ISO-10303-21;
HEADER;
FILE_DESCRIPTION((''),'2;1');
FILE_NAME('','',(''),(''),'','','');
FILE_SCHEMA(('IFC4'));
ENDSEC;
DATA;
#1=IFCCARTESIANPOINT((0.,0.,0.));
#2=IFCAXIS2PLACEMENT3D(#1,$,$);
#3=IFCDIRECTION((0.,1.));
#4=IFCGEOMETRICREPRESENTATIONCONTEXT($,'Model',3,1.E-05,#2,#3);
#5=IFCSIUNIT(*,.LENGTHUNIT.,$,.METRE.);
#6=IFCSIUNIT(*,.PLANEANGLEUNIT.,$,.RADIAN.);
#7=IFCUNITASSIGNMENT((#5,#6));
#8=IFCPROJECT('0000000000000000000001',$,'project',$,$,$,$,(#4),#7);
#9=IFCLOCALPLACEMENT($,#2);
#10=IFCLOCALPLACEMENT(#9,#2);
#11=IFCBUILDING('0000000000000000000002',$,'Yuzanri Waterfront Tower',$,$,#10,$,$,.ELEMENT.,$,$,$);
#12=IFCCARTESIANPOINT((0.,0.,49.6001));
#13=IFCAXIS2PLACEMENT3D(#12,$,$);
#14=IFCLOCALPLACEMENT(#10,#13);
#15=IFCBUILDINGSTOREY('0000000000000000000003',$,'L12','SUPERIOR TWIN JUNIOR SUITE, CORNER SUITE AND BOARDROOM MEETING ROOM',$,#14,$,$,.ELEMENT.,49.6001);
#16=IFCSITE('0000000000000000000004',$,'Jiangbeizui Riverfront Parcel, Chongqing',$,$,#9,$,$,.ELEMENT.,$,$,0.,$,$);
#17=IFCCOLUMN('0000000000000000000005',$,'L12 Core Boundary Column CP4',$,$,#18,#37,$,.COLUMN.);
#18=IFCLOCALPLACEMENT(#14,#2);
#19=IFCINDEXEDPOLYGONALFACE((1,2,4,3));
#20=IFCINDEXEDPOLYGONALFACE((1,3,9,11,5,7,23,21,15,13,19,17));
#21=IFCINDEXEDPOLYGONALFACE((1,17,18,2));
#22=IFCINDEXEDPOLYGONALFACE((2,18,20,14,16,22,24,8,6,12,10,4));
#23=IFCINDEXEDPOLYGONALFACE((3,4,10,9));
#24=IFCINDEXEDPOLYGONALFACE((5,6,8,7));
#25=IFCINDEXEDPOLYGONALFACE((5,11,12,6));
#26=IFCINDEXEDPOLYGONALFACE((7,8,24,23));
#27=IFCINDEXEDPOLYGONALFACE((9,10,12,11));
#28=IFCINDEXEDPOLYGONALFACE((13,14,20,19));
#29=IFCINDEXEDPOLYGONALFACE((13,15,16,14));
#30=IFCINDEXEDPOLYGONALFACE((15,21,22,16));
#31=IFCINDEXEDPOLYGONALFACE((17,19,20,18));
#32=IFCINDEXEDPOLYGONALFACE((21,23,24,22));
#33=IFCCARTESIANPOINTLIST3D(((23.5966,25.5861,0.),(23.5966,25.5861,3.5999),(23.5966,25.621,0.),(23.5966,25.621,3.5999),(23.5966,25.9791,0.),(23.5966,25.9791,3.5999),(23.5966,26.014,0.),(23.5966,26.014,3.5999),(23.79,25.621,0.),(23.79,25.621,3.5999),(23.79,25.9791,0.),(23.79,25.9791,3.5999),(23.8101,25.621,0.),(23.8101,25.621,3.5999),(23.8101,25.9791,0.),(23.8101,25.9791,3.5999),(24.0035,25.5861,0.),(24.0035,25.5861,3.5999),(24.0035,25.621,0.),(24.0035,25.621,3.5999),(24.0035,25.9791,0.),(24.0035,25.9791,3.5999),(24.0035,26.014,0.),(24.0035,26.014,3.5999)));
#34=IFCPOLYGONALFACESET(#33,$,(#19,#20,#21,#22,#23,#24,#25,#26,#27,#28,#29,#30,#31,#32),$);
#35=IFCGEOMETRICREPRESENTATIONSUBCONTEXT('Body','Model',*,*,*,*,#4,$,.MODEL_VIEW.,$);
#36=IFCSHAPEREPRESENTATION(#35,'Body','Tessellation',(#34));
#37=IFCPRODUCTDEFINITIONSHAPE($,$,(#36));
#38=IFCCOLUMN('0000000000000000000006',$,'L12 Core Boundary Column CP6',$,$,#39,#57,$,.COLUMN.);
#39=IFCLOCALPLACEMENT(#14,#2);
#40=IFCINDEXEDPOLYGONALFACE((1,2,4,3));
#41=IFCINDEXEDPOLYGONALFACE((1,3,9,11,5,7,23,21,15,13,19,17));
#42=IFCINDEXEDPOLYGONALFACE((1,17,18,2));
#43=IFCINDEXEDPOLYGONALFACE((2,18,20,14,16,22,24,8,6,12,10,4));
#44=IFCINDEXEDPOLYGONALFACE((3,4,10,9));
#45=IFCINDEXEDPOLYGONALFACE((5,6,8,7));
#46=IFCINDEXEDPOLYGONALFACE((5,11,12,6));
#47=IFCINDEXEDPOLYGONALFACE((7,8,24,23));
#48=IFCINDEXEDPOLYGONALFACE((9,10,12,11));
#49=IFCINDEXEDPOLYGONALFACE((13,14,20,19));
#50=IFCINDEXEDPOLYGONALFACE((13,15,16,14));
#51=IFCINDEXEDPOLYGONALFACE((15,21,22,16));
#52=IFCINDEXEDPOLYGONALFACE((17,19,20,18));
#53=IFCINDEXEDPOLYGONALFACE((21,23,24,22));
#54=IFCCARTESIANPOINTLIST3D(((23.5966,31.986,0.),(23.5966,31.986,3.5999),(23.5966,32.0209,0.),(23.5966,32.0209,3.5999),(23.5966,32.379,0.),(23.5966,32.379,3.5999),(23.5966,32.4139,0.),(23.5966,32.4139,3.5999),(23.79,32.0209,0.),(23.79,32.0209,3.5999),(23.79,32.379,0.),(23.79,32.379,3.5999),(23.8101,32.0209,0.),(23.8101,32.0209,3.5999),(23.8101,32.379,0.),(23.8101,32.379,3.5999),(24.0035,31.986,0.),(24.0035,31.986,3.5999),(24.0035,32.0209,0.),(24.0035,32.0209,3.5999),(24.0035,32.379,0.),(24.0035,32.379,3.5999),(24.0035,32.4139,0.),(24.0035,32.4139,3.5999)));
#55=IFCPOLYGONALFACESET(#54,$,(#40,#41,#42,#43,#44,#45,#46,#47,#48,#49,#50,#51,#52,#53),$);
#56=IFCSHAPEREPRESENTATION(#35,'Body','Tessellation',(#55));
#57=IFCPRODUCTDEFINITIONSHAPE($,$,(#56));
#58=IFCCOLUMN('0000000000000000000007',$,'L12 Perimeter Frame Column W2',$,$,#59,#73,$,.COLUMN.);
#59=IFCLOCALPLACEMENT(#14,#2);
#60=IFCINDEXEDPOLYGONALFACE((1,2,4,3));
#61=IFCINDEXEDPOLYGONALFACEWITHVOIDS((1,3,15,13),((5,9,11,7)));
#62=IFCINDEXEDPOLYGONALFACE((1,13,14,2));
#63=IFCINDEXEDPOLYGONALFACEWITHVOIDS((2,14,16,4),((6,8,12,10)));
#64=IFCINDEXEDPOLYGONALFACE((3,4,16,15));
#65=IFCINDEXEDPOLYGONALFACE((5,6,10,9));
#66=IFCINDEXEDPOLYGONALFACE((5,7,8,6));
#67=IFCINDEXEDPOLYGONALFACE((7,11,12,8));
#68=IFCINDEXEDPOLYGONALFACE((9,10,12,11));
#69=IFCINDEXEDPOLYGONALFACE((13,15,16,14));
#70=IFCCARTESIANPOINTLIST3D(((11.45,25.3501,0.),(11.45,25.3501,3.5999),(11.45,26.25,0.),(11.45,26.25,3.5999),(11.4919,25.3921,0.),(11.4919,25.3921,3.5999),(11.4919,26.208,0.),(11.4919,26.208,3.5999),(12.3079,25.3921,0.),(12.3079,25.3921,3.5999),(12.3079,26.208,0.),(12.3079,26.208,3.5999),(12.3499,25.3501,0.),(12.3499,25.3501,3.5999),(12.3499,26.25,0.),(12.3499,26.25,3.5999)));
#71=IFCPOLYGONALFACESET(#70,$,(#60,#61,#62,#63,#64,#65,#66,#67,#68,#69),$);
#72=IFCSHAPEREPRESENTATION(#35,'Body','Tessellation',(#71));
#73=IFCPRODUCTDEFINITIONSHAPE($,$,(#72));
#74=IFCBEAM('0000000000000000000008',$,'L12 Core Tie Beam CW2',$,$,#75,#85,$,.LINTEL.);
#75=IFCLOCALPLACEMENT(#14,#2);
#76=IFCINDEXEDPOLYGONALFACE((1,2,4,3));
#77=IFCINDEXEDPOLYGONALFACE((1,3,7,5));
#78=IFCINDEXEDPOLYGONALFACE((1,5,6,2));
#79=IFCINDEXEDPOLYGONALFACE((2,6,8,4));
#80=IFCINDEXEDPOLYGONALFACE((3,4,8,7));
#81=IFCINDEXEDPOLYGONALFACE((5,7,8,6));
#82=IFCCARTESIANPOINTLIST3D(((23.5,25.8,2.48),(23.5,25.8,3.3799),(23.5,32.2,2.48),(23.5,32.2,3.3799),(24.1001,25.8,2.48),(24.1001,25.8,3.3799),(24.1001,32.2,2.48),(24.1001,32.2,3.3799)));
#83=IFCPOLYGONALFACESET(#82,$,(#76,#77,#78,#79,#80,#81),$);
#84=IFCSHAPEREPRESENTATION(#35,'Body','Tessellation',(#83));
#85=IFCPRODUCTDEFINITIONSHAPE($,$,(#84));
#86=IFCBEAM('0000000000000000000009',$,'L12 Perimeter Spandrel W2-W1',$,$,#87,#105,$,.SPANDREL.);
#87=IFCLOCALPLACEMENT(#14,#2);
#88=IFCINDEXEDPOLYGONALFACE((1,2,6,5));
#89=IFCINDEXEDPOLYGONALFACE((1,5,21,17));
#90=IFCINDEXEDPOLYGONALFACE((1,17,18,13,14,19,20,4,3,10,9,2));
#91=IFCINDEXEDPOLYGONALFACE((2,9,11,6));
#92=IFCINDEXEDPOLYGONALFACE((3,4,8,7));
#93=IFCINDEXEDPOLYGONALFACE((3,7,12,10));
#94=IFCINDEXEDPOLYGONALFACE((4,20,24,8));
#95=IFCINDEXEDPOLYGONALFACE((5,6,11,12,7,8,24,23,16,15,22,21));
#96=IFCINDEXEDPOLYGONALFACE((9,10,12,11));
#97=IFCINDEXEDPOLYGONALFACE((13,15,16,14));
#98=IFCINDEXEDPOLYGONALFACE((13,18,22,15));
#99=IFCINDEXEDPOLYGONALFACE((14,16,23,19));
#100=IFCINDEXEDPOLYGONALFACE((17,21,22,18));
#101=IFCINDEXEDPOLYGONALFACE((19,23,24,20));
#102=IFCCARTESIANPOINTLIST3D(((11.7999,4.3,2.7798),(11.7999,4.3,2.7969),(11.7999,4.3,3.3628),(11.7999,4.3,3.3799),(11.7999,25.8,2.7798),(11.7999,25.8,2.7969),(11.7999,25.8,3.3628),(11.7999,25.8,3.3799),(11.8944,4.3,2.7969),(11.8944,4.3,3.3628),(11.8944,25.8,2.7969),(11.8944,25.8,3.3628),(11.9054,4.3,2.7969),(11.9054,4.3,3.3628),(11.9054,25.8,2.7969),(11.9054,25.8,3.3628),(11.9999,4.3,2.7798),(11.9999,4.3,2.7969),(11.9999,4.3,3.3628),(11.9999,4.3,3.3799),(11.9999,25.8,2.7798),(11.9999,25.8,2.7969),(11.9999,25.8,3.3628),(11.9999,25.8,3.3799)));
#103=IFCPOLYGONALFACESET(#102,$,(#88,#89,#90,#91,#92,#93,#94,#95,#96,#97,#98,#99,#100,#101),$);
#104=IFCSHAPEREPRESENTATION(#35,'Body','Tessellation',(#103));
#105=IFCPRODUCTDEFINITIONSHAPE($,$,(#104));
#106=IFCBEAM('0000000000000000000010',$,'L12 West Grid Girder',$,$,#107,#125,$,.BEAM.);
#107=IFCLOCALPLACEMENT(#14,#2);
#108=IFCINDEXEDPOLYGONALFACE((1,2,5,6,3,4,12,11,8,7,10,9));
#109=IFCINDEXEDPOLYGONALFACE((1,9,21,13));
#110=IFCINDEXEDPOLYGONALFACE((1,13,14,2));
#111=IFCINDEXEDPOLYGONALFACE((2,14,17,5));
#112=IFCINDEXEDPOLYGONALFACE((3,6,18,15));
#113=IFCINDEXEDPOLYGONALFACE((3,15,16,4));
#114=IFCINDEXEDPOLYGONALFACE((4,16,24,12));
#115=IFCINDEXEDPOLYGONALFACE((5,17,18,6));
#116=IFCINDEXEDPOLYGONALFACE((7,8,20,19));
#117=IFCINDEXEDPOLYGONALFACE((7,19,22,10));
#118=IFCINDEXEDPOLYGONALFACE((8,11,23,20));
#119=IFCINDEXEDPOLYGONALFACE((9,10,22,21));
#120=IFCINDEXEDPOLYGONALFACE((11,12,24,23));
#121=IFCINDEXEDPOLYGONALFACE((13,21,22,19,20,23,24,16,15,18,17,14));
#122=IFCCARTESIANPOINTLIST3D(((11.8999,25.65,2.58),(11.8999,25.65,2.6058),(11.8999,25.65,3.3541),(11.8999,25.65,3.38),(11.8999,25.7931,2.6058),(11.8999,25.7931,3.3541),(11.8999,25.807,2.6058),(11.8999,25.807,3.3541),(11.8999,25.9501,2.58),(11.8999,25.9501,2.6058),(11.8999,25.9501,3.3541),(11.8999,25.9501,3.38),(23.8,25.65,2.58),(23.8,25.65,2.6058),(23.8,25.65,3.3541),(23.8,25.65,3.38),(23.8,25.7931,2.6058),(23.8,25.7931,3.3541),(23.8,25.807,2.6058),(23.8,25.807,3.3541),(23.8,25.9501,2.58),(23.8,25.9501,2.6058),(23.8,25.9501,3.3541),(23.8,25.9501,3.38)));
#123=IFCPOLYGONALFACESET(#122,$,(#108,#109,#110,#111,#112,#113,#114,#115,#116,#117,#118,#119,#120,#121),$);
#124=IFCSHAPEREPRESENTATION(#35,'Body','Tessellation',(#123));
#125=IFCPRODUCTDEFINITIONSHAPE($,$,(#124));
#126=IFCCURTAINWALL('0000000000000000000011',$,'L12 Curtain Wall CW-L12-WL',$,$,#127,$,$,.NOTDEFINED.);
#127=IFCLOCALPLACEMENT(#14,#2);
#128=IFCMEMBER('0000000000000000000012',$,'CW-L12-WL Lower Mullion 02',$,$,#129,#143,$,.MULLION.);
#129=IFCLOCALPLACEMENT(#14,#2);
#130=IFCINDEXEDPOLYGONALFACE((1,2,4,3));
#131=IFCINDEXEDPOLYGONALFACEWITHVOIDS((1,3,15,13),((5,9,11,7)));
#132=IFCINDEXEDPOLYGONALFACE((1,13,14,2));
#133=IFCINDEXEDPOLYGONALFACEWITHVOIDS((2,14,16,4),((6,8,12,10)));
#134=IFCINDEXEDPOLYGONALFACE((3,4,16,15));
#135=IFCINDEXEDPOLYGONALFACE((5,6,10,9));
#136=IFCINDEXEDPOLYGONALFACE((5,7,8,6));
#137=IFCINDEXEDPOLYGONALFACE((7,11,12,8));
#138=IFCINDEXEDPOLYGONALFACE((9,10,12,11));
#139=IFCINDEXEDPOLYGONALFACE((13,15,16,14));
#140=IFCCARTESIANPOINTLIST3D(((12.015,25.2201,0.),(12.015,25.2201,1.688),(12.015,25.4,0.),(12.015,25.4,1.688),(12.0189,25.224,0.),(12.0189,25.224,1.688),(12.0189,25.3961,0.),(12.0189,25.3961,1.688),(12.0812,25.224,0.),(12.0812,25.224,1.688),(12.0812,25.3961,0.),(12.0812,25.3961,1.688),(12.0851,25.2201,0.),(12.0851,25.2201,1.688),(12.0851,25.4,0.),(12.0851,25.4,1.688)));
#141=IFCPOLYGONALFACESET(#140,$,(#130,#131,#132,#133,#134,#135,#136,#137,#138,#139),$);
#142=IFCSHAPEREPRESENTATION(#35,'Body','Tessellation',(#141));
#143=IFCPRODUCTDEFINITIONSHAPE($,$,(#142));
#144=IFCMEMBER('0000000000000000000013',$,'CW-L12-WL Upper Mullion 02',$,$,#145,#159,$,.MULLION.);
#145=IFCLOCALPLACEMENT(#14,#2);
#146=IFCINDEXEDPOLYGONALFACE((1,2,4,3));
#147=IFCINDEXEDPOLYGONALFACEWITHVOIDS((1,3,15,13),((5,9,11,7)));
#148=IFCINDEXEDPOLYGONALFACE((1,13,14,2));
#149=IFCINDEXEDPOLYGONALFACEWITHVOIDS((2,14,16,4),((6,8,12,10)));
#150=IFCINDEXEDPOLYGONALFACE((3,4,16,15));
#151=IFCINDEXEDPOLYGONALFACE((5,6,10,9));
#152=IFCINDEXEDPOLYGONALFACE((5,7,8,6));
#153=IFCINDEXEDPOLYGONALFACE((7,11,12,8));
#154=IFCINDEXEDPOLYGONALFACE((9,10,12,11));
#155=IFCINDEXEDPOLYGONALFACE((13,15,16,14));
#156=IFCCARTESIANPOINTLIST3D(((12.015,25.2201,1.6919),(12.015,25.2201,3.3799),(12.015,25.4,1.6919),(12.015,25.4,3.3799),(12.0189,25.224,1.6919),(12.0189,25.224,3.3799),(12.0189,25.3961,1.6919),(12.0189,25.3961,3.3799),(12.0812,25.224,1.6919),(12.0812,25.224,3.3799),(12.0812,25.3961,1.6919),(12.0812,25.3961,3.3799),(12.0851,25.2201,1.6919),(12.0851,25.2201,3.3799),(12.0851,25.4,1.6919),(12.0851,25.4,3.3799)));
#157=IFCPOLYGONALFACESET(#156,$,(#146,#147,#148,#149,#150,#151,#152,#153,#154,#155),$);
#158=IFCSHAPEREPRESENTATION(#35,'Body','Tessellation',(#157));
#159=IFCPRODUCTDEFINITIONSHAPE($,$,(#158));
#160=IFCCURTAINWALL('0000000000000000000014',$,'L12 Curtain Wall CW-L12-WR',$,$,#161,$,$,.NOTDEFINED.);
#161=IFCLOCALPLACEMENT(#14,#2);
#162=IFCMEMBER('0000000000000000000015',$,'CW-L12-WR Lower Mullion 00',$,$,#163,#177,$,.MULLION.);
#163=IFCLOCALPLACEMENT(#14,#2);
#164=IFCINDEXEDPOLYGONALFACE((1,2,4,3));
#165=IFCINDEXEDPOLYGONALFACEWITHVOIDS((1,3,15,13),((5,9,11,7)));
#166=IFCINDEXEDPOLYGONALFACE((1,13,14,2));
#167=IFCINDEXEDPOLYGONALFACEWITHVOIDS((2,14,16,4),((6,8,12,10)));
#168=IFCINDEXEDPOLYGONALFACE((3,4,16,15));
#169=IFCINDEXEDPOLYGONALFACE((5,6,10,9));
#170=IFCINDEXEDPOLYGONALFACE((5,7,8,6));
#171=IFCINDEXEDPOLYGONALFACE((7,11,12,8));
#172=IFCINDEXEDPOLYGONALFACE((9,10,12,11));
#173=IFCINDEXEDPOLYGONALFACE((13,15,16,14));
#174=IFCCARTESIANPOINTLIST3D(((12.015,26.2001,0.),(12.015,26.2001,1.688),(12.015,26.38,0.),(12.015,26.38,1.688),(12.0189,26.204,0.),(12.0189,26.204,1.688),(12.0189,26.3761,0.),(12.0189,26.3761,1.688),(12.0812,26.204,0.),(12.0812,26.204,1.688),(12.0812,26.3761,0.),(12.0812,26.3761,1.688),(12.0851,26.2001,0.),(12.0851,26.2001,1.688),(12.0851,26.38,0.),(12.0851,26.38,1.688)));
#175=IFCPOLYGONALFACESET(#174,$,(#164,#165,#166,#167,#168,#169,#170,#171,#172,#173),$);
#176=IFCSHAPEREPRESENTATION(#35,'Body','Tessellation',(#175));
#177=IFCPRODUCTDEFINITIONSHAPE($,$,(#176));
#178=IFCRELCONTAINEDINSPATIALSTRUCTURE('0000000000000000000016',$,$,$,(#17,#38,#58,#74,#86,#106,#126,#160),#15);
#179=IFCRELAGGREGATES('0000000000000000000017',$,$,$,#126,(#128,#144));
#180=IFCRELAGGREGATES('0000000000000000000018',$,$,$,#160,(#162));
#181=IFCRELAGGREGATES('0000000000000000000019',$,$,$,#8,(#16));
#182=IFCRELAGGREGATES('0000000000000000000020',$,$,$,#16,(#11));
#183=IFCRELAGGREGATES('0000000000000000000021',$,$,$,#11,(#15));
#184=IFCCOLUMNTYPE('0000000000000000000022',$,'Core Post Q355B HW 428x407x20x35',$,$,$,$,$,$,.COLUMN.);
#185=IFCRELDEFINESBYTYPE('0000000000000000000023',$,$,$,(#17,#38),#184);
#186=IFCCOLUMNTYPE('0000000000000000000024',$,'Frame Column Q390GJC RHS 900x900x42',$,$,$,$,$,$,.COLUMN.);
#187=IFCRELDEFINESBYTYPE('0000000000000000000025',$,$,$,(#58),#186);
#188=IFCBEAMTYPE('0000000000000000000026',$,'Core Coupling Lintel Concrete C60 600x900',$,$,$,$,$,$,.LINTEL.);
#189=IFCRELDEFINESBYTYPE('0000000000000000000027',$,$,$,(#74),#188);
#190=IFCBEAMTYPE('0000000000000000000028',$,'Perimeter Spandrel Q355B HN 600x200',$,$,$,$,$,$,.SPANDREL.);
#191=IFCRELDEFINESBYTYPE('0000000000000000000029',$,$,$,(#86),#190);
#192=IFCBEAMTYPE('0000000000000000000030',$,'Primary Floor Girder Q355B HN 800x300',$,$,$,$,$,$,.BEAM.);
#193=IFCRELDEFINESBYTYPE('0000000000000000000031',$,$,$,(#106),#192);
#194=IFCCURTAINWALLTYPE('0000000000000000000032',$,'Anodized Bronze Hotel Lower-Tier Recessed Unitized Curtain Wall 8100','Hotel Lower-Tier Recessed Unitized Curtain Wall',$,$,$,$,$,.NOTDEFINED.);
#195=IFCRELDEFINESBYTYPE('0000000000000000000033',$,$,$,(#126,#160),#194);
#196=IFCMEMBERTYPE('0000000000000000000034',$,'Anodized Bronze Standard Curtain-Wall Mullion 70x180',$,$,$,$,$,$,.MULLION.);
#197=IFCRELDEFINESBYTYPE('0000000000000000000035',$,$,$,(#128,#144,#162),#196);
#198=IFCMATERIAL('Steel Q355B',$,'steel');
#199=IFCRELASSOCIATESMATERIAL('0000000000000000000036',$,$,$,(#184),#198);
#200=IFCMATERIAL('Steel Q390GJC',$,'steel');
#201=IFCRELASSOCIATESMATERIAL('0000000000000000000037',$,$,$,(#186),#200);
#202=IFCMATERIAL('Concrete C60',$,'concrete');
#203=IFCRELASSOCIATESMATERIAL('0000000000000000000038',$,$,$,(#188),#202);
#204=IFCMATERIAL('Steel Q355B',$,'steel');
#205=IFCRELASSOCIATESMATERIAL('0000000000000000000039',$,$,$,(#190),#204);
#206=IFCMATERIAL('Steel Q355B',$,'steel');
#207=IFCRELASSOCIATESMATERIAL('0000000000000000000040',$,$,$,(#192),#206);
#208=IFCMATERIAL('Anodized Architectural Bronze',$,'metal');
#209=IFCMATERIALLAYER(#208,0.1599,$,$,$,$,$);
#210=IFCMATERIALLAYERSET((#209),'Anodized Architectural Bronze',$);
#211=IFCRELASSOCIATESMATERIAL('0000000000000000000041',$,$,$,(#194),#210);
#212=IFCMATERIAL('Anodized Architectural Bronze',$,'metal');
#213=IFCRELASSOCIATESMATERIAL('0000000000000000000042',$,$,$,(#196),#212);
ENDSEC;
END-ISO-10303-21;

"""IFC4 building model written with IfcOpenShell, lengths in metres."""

from ifc_helpers import new_model, si_unit, direction, frame, origin, origin_2d, place, context, subcontext, project, spatial, rectangle, hollow_rectangle, i_section, extrude, source, transform, mapped, material, layer, layer_set, material_profile, profile_set, type_object, element, aggregate, save


model = new_model("IFC4")

# Units and contexts
model_context = context("Model", 3, precision=1e-05, world=origin(), true_north=direction((0.0, 1.0)))
body_context = subcontext(model_context, "Body", "Model", "MODEL_VIEW")
ifc_project = project(units=[si_unit("LENGTHUNIT", "METRE"), si_unit("PLANEANGLEUNIT", "RADIAN")], contexts=[model_context])

# Site, building, storey
site_placement = place(None, origin())
site = spatial("IfcSite", under=ifc_project, at=site_placement, Name="Jiangbeizui Riverfront Parcel, Chongqing", CompositionType="ELEMENT", RefElevation=0.0)
building_placement = place(site_placement, origin())
building = spatial("IfcBuilding", under=site, at=building_placement, Name="Yuzanri Waterfront Tower", CompositionType="ELEMENT")
storey_placement = place(building_placement, frame((0.0, 0.0, 49.6001)))
storey = spatial("IfcBuildingStorey", under=building, at=storey_placement, Name="L12", Description="SUPERIOR TWIN JUNIOR SUITE, CORNER SUITE AND BOARDROOM MEETING ROOM", CompositionType="ELEMENT", Elevation=49.6001)

# Columns
ifc_material_1 = material(Name="Steel Q355B", Category="steel")
ifc_material_profile_1 = material_profile(ifc_material_1, i_section(OverallWidth=0.407, OverallDepth=0.428, WebThickness=0.02, FlangeThickness=0.0349, at=origin_2d()), Name="HW 428x407x20x35")
ifc_profile_set_1 = profile_set([ifc_material_profile_1], Name="Steel Q355B")
column_type_1 = type_object("IfcColumnType", Name="Core Post Q355B HW 428x407x20x35", PredefinedType="COLUMN", material=ifc_profile_set_1)
shared_shape_1 = source(origin(), body_context, "Body", "SweptSolid", [
    extrude(i_section(OverallWidth=0.407, OverallDepth=0.428, WebThickness=0.02, FlangeThickness=0.0349, at=origin_2d()), origin(), (0.0, 0.0, 1.0), 3.5999),
])
for number, where, z_axis, x_axis, name in (
    (1, (23.8, 25.8, 0.0), (0.0, 0.0, 1.0), (1.0, 0.0, 0.0), "L12 Core Boundary Column CP4"),
    (2, (23.8, 32.2, 0.0), (0.0, 0.0, 1.0), (1.0, 0.0, 0.0), "L12 Core Boundary Column CP6"),
):
    element("IfcColumn", number, at=place(storey_placement, frame(where, z_axis=z_axis, x_axis=x_axis)), inside=storey, type_object=column_type_1, Name=name, PredefinedType="COLUMN", context=body_context, shape_type="MappedRepresentation", body=[
        mapped(shared_shape_1, transform((0.0, 0.0, 0.0), scale=1.0)),
    ])
ifc_material_2 = material(Name="Steel Q390GJC", Category="steel")
ifc_material_profile_2 = material_profile(ifc_material_2, hollow_rectangle(XDim=0.8999, YDim=0.8999, WallThickness=0.042, at=origin_2d()), Name="RHS 900x900x42")
ifc_profile_set_2 = profile_set([ifc_material_profile_2], Name="Steel Q390GJC")
column_type_2 = type_object("IfcColumnType", Name="Frame Column Q390GJC RHS 900x900x42", PredefinedType="COLUMN", material=ifc_profile_set_2)
shared_shape_2 = source(origin(), body_context, "Body", "SweptSolid", [
    extrude(hollow_rectangle(XDim=0.8999, YDim=0.8999, WallThickness=0.042, at=origin_2d()), origin(), (0.0, 0.0, 1.0), 3.5999),
])
column_placement = place(storey_placement, frame((11.8999, 25.8, 0.0), z_axis=(0.0, 0.0, 1.0), x_axis=(1.0, 0.0, 0.0)))
element("IfcColumn", 3, at=column_placement, inside=storey, type_object=column_type_2, Name="L12 Perimeter Frame Column W2", PredefinedType="COLUMN", context=body_context, shape_type="MappedRepresentation", body=[
    mapped(shared_shape_2, transform((0.0, 0.0, 0.0), scale=1.0)),
])

# Beams
ifc_material_3 = material(Name="Concrete C60", Category="concrete")
ifc_material_profile_3 = material_profile(ifc_material_3, rectangle(XDim=0.6001, YDim=0.8999, at=origin_2d()), Name="RC 600x900")
ifc_profile_set_3 = profile_set([ifc_material_profile_3], Name="Concrete C60")
beam_type_1 = type_object("IfcBeamType", Name="Core Coupling Lintel Concrete C60 600x900", PredefinedType="LINTEL", material=ifc_profile_set_3)
shared_shape_3 = source(origin(), body_context, "Body", "SweptSolid", [
    extrude(rectangle(XDim=0.6001, YDim=0.8999, at=origin_2d()), origin(), (0.0, 0.0, 1.0), 6.3999),
])
beam_1_placement = place(storey_placement, frame((23.8, 25.8, 2.9299), z_axis=(0.0, 1.0, 0.0), x_axis=(-1.0, 0.0, 0.0)))
element("IfcBeam", 4, at=beam_1_placement, inside=storey, type_object=beam_type_1, Name="L12 Core Tie Beam CW2", PredefinedType="LINTEL", context=body_context, shape_type="MappedRepresentation", body=[
    mapped(shared_shape_3, transform((0.0, 0.0, 0.0), scale=1.0)),
])
ifc_material_4 = material(Name="Steel Q355B", Category="steel")
ifc_material_profile_4 = material_profile(ifc_material_4, i_section(OverallWidth=0.2, OverallDepth=0.6001, WebThickness=0.011, FlangeThickness=0.0171, at=origin_2d()), Name="HN 600x200x11x17")
ifc_profile_set_4 = profile_set([ifc_material_profile_4], Name="Steel Q355B")
beam_type_2 = type_object("IfcBeamType", Name="Perimeter Spandrel Q355B HN 600x200", PredefinedType="SPANDREL", material=ifc_profile_set_4)
shared_shape_4 = source(origin(), body_context, "Body", "SweptSolid", [
    extrude(i_section(OverallWidth=0.2, OverallDepth=0.6001, WebThickness=0.011, FlangeThickness=0.0171, at=origin_2d()), origin(), (0.0, 0.0, 1.0), 21.5),
])
beam_2_placement = place(storey_placement, frame((11.8999, 25.8, 3.0798), z_axis=(0.0, -1.0, 0.0), x_axis=(1.0, 0.0, 0.0)))
element("IfcBeam", 5, at=beam_2_placement, inside=storey, type_object=beam_type_2, Name="L12 Perimeter Spandrel W2-W1", PredefinedType="SPANDREL", context=body_context, shape_type="MappedRepresentation", body=[
    mapped(shared_shape_4, transform((0.0, 0.0, 0.0), scale=1.0)),
])
ifc_material_5 = material(Name="Steel Q355B", Category="steel")
ifc_material_profile_5 = material_profile(ifc_material_5, i_section(OverallWidth=0.3, OverallDepth=0.8, WebThickness=0.0139, FlangeThickness=0.0259, at=origin_2d()), Name="HN 800x300x14x26")
ifc_profile_set_5 = profile_set([ifc_material_profile_5], Name="Steel Q355B")
beam_type_3 = type_object("IfcBeamType", Name="Primary Floor Girder Q355B HN 800x300", PredefinedType="BEAM", material=ifc_profile_set_5)
shared_shape_5 = source(origin(), body_context, "Body", "SweptSolid", [
    extrude(i_section(OverallWidth=0.3, OverallDepth=0.8, WebThickness=0.0139, FlangeThickness=0.0259, at=origin_2d()), origin(), (0.0, 0.0, 1.0), 11.9001),
])
beam_3_placement = place(storey_placement, frame((23.8, 25.8, 2.98), z_axis=(-1.0, 0.0, 0.0), x_axis=(0.0, -1.0, 0.0)))
element("IfcBeam", 6, at=beam_3_placement, inside=storey, type_object=beam_type_3, Name="L12 West Grid Girder", PredefinedType="BEAM", context=body_context, shape_type="MappedRepresentation", body=[
    mapped(shared_shape_5, transform((0.0, 0.0, 0.0), scale=1.0)),
])

# Curtain wall, members
ifc_material_6 = material(Name="Anodized Architectural Bronze", Category="metal")
ifc_layer_1 = layer(ifc_material_6, 0.1599)
ifc_layer_set_1 = layer_set([ifc_layer_1], Name="Anodized Architectural Bronze")
curtain_wall_type = type_object("IfcCurtainWallType", Name="Anodized Bronze Hotel Lower-Tier Recessed Unitized Curtain Wall 8100", Description="Hotel Lower-Tier Recessed Unitized Curtain Wall", PredefinedType="NOTDEFINED", material=ifc_layer_set_1)
curtain_wall_1_placement = place(storey_placement, origin())
curtain_wall_1 = element("IfcCurtainWall", 7, at=curtain_wall_1_placement, inside=storey, type_object=curtain_wall_type, Name="L12 Curtain Wall CW-L12-WL", PredefinedType="NOTDEFINED")
ifc_material_7 = material(Name="Anodized Architectural Bronze", Category="metal")
ifc_material_profile_6 = material_profile(ifc_material_7, hollow_rectangle(XDim=0.0701, YDim=0.1799, WallThickness=0.0039, at=origin_2d()), Name="CWM 70x180")
ifc_profile_set_6 = profile_set([ifc_material_profile_6], Name="Anodized Architectural Bronze")
member_type_1 = type_object("IfcMemberType", Name="Anodized Bronze Standard Curtain-Wall Mullion 70x180", PredefinedType="MULLION", material=ifc_profile_set_6)
shared_shape_6 = source(origin(), body_context, "Body", "SweptSolid", [
    extrude(hollow_rectangle(XDim=0.0701, YDim=0.1799, WallThickness=0.0039, at=origin_2d()), origin(), (0.0, 0.0, 1.0), 1.688),
])
member_1_placement = place(storey_placement, frame((12.05, 25.3101, 0.0), z_axis=(0.0, 0.0, 1.0), x_axis=(1.0, 0.0, 0.0)))
member_1 = element("IfcMember", 8, at=member_1_placement, type_object=member_type_1, Name="CW-L12-WL Lower Mullion 02", PredefinedType="MULLION", context=body_context, shape_type="MappedRepresentation", body=[
    mapped(shared_shape_6, transform((0.0, 0.0, 0.0), scale=1.0)),
])
member_2_placement = place(storey_placement, frame((12.05, 25.3101, 1.6919), z_axis=(0.0, 0.0, 1.0), x_axis=(1.0, 0.0, 0.0)))
member_2 = element("IfcMember", 9, at=member_2_placement, type_object=member_type_1, Name="CW-L12-WL Upper Mullion 02", PredefinedType="MULLION", context=body_context, shape_type="MappedRepresentation", body=[
    mapped(shared_shape_6, transform((0.0, 0.0, 0.0), scale=1.0)),
])
aggregate(curtain_wall_1, [member_1, member_2])

# Curtain wall, member
curtain_wall_2_placement = place(storey_placement, origin())
curtain_wall_2 = element("IfcCurtainWall", 10, at=curtain_wall_2_placement, inside=storey, type_object=curtain_wall_type, Name="L12 Curtain Wall CW-L12-WR", PredefinedType="NOTDEFINED")
member_3_placement = place(storey_placement, frame((12.05, 26.29, 0.0), z_axis=(0.0, 0.0, 1.0), x_axis=(1.0, 0.0, 0.0)))
member_3 = element("IfcMember", 11, at=member_3_placement, type_object=member_type_1, Name="CW-L12-WR Lower Mullion 00", PredefinedType="MULLION", context=body_context, shape_type="MappedRepresentation", body=[
    mapped(shared_shape_6, transform((0.0, 0.0, 0.0), scale=1.0)),
])
aggregate(curtain_wall_2, [member_3])

save(model, "model.ifc")
